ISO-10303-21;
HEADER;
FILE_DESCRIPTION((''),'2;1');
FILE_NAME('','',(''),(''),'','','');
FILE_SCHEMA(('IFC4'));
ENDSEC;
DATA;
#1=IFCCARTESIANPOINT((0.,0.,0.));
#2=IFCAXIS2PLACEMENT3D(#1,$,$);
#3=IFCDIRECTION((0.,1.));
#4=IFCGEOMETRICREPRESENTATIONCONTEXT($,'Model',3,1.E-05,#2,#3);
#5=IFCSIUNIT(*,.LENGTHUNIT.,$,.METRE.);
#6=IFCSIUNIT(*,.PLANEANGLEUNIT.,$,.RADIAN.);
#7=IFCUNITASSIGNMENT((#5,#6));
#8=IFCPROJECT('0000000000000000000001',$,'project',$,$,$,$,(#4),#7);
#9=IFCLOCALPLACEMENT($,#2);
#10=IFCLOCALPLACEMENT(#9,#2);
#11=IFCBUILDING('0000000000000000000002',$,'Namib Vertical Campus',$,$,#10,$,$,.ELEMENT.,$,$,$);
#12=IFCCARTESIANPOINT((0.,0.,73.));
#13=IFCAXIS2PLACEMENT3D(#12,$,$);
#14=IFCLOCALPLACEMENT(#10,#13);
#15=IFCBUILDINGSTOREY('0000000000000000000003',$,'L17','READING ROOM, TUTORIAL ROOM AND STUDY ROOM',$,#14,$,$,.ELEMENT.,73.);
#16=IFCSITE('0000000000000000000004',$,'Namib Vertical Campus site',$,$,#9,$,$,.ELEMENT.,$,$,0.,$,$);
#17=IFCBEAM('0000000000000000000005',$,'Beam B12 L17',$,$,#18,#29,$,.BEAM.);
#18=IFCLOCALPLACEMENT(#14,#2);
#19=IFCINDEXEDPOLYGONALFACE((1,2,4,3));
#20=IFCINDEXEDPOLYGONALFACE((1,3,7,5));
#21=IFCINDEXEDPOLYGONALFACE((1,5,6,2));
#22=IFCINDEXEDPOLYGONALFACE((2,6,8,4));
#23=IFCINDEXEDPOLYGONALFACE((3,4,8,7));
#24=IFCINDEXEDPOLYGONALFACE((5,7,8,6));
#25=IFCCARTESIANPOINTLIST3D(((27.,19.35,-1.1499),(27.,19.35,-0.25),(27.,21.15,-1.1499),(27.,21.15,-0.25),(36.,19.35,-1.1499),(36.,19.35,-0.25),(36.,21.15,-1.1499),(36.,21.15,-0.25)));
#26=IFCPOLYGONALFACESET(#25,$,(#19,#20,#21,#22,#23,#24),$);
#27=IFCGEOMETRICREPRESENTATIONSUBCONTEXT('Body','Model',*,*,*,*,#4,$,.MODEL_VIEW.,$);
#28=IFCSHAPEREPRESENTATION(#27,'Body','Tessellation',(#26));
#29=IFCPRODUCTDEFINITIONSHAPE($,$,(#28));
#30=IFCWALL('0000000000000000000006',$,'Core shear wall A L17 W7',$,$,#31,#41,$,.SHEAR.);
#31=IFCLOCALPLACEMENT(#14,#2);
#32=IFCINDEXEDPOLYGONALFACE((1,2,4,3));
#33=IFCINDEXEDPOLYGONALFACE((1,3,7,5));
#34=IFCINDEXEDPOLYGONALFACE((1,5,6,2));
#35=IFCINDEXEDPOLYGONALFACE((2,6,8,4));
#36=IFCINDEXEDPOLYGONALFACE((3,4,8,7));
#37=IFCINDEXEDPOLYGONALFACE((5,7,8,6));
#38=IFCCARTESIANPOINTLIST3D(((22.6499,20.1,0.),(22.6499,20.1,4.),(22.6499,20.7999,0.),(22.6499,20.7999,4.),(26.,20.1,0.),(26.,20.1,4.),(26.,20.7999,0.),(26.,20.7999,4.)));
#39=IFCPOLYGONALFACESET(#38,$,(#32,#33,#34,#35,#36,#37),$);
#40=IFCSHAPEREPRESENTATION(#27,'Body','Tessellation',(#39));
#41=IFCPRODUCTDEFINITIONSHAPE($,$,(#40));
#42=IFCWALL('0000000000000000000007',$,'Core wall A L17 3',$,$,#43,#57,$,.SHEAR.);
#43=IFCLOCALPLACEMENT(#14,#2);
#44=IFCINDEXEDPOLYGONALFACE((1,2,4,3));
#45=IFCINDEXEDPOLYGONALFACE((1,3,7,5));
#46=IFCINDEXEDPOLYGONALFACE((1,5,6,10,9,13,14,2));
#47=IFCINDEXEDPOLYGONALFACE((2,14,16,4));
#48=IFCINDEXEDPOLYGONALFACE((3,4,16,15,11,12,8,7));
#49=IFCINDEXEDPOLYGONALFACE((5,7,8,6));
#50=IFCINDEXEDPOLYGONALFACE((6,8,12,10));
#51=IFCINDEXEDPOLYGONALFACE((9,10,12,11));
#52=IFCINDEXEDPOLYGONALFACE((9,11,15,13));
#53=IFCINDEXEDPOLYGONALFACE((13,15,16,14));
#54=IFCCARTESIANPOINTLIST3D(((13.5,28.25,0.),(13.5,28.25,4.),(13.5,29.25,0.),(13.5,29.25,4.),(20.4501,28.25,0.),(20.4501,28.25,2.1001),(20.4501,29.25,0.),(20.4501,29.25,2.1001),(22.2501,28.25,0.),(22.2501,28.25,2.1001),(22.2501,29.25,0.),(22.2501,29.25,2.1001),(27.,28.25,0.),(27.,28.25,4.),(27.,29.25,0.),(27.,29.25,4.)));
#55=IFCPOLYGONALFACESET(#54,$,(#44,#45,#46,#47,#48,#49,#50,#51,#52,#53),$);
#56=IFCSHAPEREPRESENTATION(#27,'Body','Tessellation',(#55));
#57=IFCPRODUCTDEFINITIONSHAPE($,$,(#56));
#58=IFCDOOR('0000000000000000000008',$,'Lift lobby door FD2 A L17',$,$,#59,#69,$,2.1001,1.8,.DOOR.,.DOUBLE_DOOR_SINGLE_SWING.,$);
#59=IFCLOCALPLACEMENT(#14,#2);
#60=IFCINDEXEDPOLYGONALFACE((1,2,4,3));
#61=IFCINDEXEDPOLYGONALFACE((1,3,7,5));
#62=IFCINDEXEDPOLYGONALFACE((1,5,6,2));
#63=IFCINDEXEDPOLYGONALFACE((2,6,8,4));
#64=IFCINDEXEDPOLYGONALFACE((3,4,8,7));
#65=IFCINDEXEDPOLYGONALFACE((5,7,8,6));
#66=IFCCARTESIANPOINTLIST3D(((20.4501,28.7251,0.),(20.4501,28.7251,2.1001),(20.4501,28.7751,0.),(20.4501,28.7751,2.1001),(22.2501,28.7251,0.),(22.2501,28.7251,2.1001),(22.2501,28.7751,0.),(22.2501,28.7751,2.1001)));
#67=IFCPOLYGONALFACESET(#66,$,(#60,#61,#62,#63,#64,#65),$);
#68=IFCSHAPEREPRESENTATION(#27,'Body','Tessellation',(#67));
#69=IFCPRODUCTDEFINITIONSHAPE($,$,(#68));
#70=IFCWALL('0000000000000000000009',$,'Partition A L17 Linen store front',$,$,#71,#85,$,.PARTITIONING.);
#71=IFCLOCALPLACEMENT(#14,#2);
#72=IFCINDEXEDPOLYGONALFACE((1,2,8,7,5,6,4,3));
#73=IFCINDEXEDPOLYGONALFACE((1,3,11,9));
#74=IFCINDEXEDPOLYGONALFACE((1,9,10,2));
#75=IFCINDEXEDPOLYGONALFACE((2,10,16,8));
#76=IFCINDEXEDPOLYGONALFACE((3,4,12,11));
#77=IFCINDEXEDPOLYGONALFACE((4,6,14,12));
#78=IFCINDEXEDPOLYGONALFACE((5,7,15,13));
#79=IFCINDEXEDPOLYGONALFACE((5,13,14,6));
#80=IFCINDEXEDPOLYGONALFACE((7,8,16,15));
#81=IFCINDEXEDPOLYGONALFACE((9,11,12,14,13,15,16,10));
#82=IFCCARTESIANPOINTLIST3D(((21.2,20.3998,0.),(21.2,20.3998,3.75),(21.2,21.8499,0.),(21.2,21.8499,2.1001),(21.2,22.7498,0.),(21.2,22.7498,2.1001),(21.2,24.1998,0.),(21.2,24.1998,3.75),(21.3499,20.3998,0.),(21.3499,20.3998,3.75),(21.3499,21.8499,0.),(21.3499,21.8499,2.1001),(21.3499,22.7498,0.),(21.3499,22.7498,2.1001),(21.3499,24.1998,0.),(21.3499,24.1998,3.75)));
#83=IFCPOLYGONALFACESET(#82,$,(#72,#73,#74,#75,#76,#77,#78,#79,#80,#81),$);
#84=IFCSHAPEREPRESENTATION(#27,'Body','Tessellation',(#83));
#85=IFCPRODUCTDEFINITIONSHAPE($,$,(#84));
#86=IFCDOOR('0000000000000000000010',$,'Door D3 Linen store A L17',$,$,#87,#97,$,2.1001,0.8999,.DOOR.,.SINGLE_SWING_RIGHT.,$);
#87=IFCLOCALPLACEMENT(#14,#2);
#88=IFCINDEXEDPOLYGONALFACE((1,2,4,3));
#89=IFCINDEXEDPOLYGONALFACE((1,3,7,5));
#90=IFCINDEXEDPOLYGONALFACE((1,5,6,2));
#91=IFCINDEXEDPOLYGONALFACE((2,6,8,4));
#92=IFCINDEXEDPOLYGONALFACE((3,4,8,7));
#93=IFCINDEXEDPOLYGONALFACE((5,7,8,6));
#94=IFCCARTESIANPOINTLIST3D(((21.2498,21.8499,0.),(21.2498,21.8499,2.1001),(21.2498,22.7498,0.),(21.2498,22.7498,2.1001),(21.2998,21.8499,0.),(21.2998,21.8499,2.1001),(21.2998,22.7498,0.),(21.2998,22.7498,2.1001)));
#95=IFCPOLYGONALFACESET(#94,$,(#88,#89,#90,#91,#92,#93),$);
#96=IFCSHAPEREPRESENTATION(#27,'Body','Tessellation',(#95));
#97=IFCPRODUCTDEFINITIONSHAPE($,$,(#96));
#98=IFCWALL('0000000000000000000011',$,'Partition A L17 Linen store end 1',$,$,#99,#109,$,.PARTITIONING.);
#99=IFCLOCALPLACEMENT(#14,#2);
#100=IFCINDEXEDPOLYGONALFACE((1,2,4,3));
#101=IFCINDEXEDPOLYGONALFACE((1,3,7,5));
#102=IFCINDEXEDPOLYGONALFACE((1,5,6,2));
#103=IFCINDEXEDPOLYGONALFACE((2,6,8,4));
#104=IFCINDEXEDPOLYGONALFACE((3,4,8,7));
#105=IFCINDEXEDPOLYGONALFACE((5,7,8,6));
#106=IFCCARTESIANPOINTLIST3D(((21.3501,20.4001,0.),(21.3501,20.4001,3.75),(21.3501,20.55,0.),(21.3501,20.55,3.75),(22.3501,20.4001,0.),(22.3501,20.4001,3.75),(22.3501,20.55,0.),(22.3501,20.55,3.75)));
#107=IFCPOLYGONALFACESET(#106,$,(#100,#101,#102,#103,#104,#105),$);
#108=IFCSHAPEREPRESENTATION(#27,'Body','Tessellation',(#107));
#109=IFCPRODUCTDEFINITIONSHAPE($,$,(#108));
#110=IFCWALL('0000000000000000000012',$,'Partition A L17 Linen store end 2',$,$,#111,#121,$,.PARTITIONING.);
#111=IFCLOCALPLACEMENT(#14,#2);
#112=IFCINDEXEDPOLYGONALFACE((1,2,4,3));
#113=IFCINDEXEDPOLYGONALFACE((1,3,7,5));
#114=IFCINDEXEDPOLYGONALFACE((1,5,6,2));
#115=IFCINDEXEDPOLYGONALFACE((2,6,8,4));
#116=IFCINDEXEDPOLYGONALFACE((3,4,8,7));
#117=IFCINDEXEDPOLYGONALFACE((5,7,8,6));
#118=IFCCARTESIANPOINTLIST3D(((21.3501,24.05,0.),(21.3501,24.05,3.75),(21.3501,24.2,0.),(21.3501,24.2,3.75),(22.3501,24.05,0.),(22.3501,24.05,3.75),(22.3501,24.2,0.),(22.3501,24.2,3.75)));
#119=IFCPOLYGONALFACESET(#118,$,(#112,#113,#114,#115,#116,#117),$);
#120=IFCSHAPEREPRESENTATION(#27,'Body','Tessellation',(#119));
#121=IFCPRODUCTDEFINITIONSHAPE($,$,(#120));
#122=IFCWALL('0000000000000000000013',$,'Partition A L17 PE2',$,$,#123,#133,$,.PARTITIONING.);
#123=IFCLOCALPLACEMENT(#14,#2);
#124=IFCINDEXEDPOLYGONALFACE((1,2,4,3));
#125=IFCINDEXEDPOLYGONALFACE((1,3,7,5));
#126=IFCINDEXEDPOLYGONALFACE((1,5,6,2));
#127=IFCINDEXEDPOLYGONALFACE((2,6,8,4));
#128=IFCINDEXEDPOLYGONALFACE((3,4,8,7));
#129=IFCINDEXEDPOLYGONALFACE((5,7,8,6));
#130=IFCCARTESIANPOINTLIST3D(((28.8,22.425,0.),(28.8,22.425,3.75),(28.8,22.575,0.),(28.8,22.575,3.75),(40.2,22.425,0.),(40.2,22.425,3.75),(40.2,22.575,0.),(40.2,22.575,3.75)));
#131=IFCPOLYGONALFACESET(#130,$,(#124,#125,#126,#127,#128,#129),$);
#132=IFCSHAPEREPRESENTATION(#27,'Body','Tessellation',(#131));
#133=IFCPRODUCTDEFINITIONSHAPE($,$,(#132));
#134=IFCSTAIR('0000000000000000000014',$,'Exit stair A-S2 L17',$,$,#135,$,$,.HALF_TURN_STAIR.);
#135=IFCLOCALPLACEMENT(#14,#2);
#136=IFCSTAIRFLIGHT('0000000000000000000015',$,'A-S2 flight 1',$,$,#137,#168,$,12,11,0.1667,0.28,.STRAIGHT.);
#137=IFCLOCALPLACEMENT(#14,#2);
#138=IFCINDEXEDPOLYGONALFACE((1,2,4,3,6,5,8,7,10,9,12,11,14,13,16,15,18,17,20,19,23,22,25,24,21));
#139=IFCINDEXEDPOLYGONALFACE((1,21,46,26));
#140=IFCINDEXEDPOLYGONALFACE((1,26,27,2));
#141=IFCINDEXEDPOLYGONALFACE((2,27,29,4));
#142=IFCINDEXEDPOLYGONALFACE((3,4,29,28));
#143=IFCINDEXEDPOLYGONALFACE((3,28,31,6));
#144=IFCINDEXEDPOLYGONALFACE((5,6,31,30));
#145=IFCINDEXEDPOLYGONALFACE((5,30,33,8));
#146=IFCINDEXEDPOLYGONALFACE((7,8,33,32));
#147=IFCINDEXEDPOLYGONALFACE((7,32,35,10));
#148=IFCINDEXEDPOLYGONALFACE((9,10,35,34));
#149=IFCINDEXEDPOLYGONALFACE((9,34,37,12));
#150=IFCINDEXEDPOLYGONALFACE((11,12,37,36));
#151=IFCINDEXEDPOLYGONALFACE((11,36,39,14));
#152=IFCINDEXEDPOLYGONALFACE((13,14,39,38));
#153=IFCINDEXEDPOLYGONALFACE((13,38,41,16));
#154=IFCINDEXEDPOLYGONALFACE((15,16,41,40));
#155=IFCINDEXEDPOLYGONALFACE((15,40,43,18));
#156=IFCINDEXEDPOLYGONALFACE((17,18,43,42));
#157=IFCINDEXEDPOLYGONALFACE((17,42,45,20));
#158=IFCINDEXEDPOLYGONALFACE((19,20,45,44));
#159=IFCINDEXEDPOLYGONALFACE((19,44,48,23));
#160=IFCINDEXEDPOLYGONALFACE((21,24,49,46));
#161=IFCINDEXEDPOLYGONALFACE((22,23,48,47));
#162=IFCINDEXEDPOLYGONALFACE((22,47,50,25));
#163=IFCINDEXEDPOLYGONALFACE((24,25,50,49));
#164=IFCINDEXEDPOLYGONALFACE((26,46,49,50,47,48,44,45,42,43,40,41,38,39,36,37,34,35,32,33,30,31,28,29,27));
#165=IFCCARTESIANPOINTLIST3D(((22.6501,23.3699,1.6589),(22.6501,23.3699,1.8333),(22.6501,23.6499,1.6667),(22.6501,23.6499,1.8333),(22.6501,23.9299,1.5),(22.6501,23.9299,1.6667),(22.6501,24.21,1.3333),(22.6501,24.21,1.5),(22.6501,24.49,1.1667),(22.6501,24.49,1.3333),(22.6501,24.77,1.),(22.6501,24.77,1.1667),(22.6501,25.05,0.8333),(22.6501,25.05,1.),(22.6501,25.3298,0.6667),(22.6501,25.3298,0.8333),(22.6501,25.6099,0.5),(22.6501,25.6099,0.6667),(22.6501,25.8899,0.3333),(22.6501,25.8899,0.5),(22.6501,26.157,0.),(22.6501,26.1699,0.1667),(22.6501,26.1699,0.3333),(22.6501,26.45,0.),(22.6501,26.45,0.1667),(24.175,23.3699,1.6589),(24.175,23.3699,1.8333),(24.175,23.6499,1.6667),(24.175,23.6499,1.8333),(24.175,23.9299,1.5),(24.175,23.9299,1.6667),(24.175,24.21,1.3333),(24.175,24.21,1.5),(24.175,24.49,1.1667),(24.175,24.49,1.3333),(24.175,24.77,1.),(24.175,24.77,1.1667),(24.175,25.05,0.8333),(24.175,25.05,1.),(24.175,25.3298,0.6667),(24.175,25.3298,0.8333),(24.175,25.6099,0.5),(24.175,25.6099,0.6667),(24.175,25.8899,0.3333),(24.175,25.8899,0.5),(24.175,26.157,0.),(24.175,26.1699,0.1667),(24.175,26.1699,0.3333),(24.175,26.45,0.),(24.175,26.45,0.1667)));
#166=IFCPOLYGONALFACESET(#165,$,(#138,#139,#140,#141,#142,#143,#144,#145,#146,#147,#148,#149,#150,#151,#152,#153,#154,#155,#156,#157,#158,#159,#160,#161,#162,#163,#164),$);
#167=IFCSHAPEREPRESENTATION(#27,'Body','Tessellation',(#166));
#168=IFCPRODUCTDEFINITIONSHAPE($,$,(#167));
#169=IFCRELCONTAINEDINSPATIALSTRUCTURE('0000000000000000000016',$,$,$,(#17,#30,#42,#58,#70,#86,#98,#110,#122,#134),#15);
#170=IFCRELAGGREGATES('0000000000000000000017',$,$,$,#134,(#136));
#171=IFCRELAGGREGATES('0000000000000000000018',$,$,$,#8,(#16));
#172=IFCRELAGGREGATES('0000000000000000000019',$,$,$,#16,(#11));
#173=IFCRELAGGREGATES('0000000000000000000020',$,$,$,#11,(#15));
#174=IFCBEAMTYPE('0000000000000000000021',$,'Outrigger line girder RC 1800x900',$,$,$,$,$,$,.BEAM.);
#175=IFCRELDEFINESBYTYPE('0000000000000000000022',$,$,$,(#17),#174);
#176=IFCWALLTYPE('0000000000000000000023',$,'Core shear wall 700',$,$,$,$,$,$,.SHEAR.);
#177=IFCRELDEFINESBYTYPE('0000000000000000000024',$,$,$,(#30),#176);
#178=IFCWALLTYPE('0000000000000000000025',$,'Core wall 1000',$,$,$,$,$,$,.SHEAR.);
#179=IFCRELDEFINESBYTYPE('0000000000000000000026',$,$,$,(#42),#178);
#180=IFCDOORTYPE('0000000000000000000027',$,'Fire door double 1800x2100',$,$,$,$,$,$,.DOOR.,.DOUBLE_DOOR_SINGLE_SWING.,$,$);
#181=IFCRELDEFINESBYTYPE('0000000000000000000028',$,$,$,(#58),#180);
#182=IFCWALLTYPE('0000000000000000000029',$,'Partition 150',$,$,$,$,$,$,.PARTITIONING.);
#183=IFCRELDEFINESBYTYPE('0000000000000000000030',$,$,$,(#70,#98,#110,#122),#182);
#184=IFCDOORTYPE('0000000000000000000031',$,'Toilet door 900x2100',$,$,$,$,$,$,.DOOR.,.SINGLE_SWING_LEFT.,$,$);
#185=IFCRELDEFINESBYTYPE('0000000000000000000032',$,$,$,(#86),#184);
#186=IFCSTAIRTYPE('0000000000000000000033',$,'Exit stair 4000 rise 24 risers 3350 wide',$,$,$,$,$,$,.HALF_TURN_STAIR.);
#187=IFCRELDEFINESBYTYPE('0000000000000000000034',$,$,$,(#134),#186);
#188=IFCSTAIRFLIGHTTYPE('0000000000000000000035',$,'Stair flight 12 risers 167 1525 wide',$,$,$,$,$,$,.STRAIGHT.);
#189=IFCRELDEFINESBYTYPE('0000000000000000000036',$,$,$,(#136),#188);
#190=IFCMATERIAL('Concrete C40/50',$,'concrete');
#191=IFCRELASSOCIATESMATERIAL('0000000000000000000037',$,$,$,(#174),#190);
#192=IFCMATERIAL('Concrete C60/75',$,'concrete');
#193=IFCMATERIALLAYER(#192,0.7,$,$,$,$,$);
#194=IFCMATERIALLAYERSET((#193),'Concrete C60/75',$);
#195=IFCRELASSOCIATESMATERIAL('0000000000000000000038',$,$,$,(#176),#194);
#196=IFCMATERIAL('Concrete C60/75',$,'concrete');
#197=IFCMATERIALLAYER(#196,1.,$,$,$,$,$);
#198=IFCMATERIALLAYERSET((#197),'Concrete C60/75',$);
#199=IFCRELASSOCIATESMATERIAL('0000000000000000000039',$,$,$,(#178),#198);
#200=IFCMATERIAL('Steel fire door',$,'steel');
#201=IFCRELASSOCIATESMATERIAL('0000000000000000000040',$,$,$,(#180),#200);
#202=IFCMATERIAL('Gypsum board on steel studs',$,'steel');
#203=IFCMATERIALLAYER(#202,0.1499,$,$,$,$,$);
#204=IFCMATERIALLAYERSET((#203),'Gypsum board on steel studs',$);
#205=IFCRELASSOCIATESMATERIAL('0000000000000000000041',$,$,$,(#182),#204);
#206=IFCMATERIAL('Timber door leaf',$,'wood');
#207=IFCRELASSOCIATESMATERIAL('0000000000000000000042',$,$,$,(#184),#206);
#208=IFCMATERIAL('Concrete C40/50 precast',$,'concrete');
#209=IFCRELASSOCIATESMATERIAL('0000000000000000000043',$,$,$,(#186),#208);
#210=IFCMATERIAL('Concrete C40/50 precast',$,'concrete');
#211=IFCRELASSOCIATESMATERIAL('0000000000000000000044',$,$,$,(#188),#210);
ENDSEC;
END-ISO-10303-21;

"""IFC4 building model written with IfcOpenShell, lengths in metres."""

from ifc_helpers import new_model, si_unit, direction, frame, frame_2d, origin, origin_2d, place, context, subcontext, project, spatial, polyline, rectangle, outline, extrude, material, layer, layer_set, material_profile, profile_set, type_object, element, fill, aggregate, save


model = new_model("IFC4")

# Units and contexts
model_context = context("Model", 3, precision=1e-05, world=origin(), true_north=direction((0.0, 1.0)))
body_context = subcontext(model_context, "Body", "Model", "MODEL_VIEW")
ifc_project = project(units=[si_unit("LENGTHUNIT", "METRE"), si_unit("PLANEANGLEUNIT", "RADIAN")], contexts=[model_context])

# Site, building, storey
site_placement = place(None, origin())
site = spatial("IfcSite", under=ifc_project, at=site_placement, Name="Namib Vertical Campus site", CompositionType="ELEMENT", RefElevation=0.0)
building_placement = place(site_placement, origin())
building = spatial("IfcBuilding", under=site, at=building_placement, Name="Namib Vertical Campus", CompositionType="ELEMENT")
storey_placement = place(building_placement, frame((0.0, 0.0, 73.0)))
storey = spatial("IfcBuildingStorey", under=building, at=storey_placement, Name="L17", Description="READING ROOM, TUTORIAL ROOM AND STUDY ROOM", CompositionType="ELEMENT", Elevation=73.0)

# Beam
ifc_material_1 = material(Name="Concrete C40/50", Category="concrete")
ifc_material_profile_1 = material_profile(ifc_material_1, rectangle(XDim=1.8, YDim=0.8999, at=origin_2d()))
ifc_profile_set_1 = profile_set([ifc_material_profile_1], Name="Concrete C40/50")
beam_type_1 = type_object("IfcBeamType", Name="Outrigger line girder RC 1800x900", PredefinedType="BEAM", material=ifc_profile_set_1)
beam_1_placement = place(storey_placement, frame((36.0, 20.25, -0.7), z_axis=(-1.0, 0.0, 0.0), x_axis=(0.0, -1.0, 0.0)))
element("IfcBeam", 1, at=beam_1_placement, inside=storey, type_object=beam_type_1, Name="Beam B12 L17", PredefinedType="BEAM", context=body_context, shape_type="SweptSolid", body=[
    extrude(rectangle(XDim=1.8, YDim=0.8999, at=origin_2d()), origin(), (0.0, 0.0, 1.0), 9.0),
])

# Wall
ifc_material_2 = material(Name="Concrete C60/75", Category="concrete")
ifc_layer_1 = layer(ifc_material_2, 0.7)
ifc_layer_set_1 = layer_set([ifc_layer_1], Name="Concrete C60/75")
wall_type_1 = type_object("IfcWallType", Name="Core shear wall 700", PredefinedType="SHEAR", material=ifc_layer_set_1)
wall_1_placement = place(storey_placement, frame((22.6499, 20.45, 0.0), z_axis=(0.0, 0.0, 1.0), x_axis=(1.0, 0.0, 0.0)))
element("IfcWall", 2, at=wall_1_placement, inside=storey, type_object=wall_type_1, Name="Core shear wall A L17 W7", PredefinedType="SHEAR", context=body_context, shape_type="SweptSolid", body=[
    extrude(rectangle(XDim=3.3501, YDim=0.7, at=frame_2d((1.675, 0.0))), origin(), (0.0, 0.0, 1.0), 4.0),
])

# Walls, openings, doors
ifc_material_3 = material(Name="Concrete C60/75", Category="concrete")
ifc_layer_2 = layer(ifc_material_3, 1.0)
ifc_layer_set_2 = layer_set([ifc_layer_2], Name="Concrete C60/75")
wall_type_2 = type_object("IfcWallType", Name="Core wall 1000", PredefinedType="SHEAR", material=ifc_layer_set_2)
wall_2_placement = place(storey_placement, frame((27.0, 28.75, 0.0), z_axis=(0.0, 0.0, 1.0), x_axis=(-1.0, 0.0, 0.0)))
wall_2 = element("IfcWall", 3, at=wall_2_placement, inside=storey, type_object=wall_type_2, Name="Core wall A L17 3", PredefinedType="SHEAR", context=body_context, shape_type="SweptSolid", body=[
    extrude(rectangle(XDim=13.5, YDim=1.0, at=frame_2d((6.75, 0.0))), origin(), (0.0, 0.0, 1.0), 4.0),
])
opening_1_placement = place(wall_2_placement, frame((4.75, 0.0, 0.0)))
opening_1 = element("IfcOpeningElement", 4, at=opening_1_placement, cuts=wall_2, PredefinedType="OPENING", context=body_context, shape_type="SweptSolid", body=[
    extrude(rectangle(XDim=1.8, YDim=2.1001, at=frame_2d((0.8999, 1.05))), frame((0.0, 0.51, 0.0), z_axis=(0.0, -1.0, 0.0), x_axis=(1.0, 0.0, 0.0)), (0.0, 0.0, 1.0), 1.02),
])
ifc_material_4 = material(Name="Steel fire door", Category="steel")
door_type_1 = type_object("IfcDoorType", Name="Fire door double 1800x2100", OperationType="DOUBLE_DOOR_SINGLE_SWING", PredefinedType="DOOR", material=ifc_material_4)
door_1_placement = place(opening_1_placement, origin())
door_1 = element("IfcDoor", 5, at=door_1_placement, inside=storey, type_object=door_type_1, Name="Lift lobby door FD2 A L17", OperationType="DOUBLE_DOOR_SINGLE_SWING", OverallHeight=2.1001, OverallWidth=1.8, PredefinedType="DOOR", context=body_context, shape_type="SweptSolid", body=[
    extrude(rectangle(XDim=1.8, YDim=2.1001, at=frame_2d((0.8999, 1.05))), frame((0.0, 0.0249, 0.0), z_axis=(0.0, -1.0, 0.0), x_axis=(1.0, 0.0, 0.0)), (0.0, 0.0, 1.0), 0.05),
])
fill(opening_1, door_1)
ifc_material_5 = material(Name="Gypsum board on steel studs", Category="steel")
ifc_layer_3 = layer(ifc_material_5, 0.1499)
ifc_layer_set_3 = layer_set([ifc_layer_3], Name="Gypsum board on steel studs")
wall_type_3 = type_object("IfcWallType", Name="Partition 150", PredefinedType="PARTITIONING", material=ifc_layer_set_3)
wall_3_placement = place(storey_placement, frame((21.2749, 20.3999, 0.0), z_axis=(0.0, 0.0, 1.0), x_axis=(0.0, 1.0, 0.0)))
wall_3 = element("IfcWall", 6, at=wall_3_placement, inside=storey, type_object=wall_type_3, Name="Partition A L17 Linen store front", PredefinedType="PARTITIONING", context=body_context, shape_type="SweptSolid", body=[
    extrude(rectangle(XDim=3.8, YDim=0.1499, at=frame_2d((1.8999, 0.0))), origin(), (0.0, 0.0, 1.0), 3.75),
])
opening_2_placement = place(wall_3_placement, frame((1.45, 0.0, 0.0)))
opening_2 = element("IfcOpeningElement", 7, at=opening_2_placement, cuts=wall_3, PredefinedType="OPENING", context=body_context, shape_type="SweptSolid", body=[
    extrude(rectangle(XDim=0.8999, YDim=2.1001, at=frame_2d((0.45, 1.05))), frame((0.0, 0.085, 0.0), z_axis=(0.0, -1.0, 0.0), x_axis=(1.0, 0.0, 0.0)), (0.0, 0.0, 1.0), 0.1699),
])
ifc_material_6 = material(Name="Timber door leaf", Category="wood")
door_type_2 = type_object("IfcDoorType", Name="Toilet door 900x2100", OperationType="SINGLE_SWING_LEFT", PredefinedType="DOOR", material=ifc_material_6)
door_2_placement = place(opening_2_placement, frame((0.8999, 0.0, 0.0), z_axis=(0.0, 0.0, 1.0), x_axis=(-1.0, 0.0, 0.0)))
door_2 = element("IfcDoor", 8, at=door_2_placement, inside=storey, type_object=door_type_2, Name="Door D3 Linen store A L17", OperationType="SINGLE_SWING_RIGHT", OverallHeight=2.1001, OverallWidth=0.8999, PredefinedType="DOOR", context=body_context, shape_type="SweptSolid", body=[
    extrude(rectangle(XDim=0.8999, YDim=2.1001, at=frame_2d((0.45, 1.05))), frame((0.0, 0.0249, 0.0), z_axis=(0.0, -1.0, 0.0), x_axis=(1.0, 0.0, 0.0)), (0.0, 0.0, 1.0), 0.05),
])
fill(opening_2, door_2)

# Walls
for number, where, z_axis, x_axis, name in (
    (9, (21.3501, 20.4751, 0.0), (0.0, 0.0, 1.0), (1.0, 0.0, 0.0), "Partition A L17 Linen store end 1"),
    (10, (21.3501, 24.125, 0.0), (0.0, 0.0, 1.0), (1.0, 0.0, 0.0), "Partition A L17 Linen store end 2"),
):
    element("IfcWall", number, at=place(storey_placement, frame(where, z_axis=z_axis, x_axis=x_axis)), inside=storey, type_object=wall_type_3, Name=name, PredefinedType="PARTITIONING", context=body_context, shape_type="SweptSolid", body=[
        extrude(rectangle(XDim=1.0, YDim=0.1499, at=frame_2d((0.5, 0.0))), origin(), (0.0, 0.0, 1.0), 3.75),
    ])
wall_4_placement = place(storey_placement, frame((28.8, 22.5, 0.0), z_axis=(0.0, 0.0, 1.0), x_axis=(1.0, 0.0, 0.0)))
element("IfcWall", 11, at=wall_4_placement, inside=storey, type_object=wall_type_3, Name="Partition A L17 PE2", PredefinedType="PARTITIONING", context=body_context, shape_type="SweptSolid", body=[
    extrude(rectangle(XDim=11.3999, YDim=0.1499, at=frame_2d((5.7, 0.0))), origin(), (0.0, 0.0, 1.0), 3.75),
])

# Stair, stair flight
ifc_material_7 = material(Name="Concrete C40/50 precast", Category="concrete")
stair_type = type_object("IfcStairType", Name="Exit stair 4000 rise 24 risers 3350 wide", PredefinedType="HALF_TURN_STAIR", material=ifc_material_7)
stair_placement = place(storey_placement, origin())
stair = element("IfcStair", 12, at=stair_placement, inside=storey, type_object=stair_type, Name="Exit stair A-S2 L17", PredefinedType="HALF_TURN_STAIR")
ifc_material_8 = material(Name="Concrete C40/50 precast", Category="concrete")
stair_flight_type = type_object("IfcStairFlightType", Name="Stair flight 12 risers 167 1525 wide", PredefinedType="STRAIGHT", material=ifc_material_8)
stair_flight_1_placement = place(storey_placement, frame((23.4126, 26.45, 0.0), z_axis=(0.0, 0.0, 1.0), x_axis=(0.0, -1.0, 0.0)))
stair_flight_1 = element("IfcStairFlight", 13, at=stair_flight_1_placement, type_object=stair_flight_type, Name="A-S2 flight 1", NumberOfRisers=12, NumberOfTreads=11, PredefinedType="STRAIGHT", RiserHeight=0.1667, TreadLength=0.28, context=body_context, shape_type="SweptSolid", body=[
    extrude(outline(polyline([(0.0, 0.0), (0.0, 0.1667), (0.28, 0.1667), (0.28, 0.3333), (0.5601, 0.3333), (0.5601, 0.5), (0.8401, 0.5), (0.8401, 0.6667), (1.1201, 0.6667), (1.1201, 0.8333), (1.3999, 0.8333), (1.3999, 1.0), (1.6799, 1.0), (1.6799, 1.1667), (1.96, 1.1667), (1.96, 1.3333), (2.24, 1.3333), (2.24, 1.5), (2.52, 1.5), (2.52, 1.6667), (2.8, 1.6667), (2.8, 1.8333), (3.0801, 1.8333), (3.0801, 2.0), (3.0801, 1.6589), (0.293, 0.0), (0.0, 0.0)])), frame((0.0, 0.7625, 0.0), z_axis=(0.0, -1.0, 0.0), x_axis=(1.0, 0.0, 0.0)), (0.0, 0.0, 1.0), 1.5249),
])
aggregate(stair, [stair_flight_1])

save(model, "model.ifc")
